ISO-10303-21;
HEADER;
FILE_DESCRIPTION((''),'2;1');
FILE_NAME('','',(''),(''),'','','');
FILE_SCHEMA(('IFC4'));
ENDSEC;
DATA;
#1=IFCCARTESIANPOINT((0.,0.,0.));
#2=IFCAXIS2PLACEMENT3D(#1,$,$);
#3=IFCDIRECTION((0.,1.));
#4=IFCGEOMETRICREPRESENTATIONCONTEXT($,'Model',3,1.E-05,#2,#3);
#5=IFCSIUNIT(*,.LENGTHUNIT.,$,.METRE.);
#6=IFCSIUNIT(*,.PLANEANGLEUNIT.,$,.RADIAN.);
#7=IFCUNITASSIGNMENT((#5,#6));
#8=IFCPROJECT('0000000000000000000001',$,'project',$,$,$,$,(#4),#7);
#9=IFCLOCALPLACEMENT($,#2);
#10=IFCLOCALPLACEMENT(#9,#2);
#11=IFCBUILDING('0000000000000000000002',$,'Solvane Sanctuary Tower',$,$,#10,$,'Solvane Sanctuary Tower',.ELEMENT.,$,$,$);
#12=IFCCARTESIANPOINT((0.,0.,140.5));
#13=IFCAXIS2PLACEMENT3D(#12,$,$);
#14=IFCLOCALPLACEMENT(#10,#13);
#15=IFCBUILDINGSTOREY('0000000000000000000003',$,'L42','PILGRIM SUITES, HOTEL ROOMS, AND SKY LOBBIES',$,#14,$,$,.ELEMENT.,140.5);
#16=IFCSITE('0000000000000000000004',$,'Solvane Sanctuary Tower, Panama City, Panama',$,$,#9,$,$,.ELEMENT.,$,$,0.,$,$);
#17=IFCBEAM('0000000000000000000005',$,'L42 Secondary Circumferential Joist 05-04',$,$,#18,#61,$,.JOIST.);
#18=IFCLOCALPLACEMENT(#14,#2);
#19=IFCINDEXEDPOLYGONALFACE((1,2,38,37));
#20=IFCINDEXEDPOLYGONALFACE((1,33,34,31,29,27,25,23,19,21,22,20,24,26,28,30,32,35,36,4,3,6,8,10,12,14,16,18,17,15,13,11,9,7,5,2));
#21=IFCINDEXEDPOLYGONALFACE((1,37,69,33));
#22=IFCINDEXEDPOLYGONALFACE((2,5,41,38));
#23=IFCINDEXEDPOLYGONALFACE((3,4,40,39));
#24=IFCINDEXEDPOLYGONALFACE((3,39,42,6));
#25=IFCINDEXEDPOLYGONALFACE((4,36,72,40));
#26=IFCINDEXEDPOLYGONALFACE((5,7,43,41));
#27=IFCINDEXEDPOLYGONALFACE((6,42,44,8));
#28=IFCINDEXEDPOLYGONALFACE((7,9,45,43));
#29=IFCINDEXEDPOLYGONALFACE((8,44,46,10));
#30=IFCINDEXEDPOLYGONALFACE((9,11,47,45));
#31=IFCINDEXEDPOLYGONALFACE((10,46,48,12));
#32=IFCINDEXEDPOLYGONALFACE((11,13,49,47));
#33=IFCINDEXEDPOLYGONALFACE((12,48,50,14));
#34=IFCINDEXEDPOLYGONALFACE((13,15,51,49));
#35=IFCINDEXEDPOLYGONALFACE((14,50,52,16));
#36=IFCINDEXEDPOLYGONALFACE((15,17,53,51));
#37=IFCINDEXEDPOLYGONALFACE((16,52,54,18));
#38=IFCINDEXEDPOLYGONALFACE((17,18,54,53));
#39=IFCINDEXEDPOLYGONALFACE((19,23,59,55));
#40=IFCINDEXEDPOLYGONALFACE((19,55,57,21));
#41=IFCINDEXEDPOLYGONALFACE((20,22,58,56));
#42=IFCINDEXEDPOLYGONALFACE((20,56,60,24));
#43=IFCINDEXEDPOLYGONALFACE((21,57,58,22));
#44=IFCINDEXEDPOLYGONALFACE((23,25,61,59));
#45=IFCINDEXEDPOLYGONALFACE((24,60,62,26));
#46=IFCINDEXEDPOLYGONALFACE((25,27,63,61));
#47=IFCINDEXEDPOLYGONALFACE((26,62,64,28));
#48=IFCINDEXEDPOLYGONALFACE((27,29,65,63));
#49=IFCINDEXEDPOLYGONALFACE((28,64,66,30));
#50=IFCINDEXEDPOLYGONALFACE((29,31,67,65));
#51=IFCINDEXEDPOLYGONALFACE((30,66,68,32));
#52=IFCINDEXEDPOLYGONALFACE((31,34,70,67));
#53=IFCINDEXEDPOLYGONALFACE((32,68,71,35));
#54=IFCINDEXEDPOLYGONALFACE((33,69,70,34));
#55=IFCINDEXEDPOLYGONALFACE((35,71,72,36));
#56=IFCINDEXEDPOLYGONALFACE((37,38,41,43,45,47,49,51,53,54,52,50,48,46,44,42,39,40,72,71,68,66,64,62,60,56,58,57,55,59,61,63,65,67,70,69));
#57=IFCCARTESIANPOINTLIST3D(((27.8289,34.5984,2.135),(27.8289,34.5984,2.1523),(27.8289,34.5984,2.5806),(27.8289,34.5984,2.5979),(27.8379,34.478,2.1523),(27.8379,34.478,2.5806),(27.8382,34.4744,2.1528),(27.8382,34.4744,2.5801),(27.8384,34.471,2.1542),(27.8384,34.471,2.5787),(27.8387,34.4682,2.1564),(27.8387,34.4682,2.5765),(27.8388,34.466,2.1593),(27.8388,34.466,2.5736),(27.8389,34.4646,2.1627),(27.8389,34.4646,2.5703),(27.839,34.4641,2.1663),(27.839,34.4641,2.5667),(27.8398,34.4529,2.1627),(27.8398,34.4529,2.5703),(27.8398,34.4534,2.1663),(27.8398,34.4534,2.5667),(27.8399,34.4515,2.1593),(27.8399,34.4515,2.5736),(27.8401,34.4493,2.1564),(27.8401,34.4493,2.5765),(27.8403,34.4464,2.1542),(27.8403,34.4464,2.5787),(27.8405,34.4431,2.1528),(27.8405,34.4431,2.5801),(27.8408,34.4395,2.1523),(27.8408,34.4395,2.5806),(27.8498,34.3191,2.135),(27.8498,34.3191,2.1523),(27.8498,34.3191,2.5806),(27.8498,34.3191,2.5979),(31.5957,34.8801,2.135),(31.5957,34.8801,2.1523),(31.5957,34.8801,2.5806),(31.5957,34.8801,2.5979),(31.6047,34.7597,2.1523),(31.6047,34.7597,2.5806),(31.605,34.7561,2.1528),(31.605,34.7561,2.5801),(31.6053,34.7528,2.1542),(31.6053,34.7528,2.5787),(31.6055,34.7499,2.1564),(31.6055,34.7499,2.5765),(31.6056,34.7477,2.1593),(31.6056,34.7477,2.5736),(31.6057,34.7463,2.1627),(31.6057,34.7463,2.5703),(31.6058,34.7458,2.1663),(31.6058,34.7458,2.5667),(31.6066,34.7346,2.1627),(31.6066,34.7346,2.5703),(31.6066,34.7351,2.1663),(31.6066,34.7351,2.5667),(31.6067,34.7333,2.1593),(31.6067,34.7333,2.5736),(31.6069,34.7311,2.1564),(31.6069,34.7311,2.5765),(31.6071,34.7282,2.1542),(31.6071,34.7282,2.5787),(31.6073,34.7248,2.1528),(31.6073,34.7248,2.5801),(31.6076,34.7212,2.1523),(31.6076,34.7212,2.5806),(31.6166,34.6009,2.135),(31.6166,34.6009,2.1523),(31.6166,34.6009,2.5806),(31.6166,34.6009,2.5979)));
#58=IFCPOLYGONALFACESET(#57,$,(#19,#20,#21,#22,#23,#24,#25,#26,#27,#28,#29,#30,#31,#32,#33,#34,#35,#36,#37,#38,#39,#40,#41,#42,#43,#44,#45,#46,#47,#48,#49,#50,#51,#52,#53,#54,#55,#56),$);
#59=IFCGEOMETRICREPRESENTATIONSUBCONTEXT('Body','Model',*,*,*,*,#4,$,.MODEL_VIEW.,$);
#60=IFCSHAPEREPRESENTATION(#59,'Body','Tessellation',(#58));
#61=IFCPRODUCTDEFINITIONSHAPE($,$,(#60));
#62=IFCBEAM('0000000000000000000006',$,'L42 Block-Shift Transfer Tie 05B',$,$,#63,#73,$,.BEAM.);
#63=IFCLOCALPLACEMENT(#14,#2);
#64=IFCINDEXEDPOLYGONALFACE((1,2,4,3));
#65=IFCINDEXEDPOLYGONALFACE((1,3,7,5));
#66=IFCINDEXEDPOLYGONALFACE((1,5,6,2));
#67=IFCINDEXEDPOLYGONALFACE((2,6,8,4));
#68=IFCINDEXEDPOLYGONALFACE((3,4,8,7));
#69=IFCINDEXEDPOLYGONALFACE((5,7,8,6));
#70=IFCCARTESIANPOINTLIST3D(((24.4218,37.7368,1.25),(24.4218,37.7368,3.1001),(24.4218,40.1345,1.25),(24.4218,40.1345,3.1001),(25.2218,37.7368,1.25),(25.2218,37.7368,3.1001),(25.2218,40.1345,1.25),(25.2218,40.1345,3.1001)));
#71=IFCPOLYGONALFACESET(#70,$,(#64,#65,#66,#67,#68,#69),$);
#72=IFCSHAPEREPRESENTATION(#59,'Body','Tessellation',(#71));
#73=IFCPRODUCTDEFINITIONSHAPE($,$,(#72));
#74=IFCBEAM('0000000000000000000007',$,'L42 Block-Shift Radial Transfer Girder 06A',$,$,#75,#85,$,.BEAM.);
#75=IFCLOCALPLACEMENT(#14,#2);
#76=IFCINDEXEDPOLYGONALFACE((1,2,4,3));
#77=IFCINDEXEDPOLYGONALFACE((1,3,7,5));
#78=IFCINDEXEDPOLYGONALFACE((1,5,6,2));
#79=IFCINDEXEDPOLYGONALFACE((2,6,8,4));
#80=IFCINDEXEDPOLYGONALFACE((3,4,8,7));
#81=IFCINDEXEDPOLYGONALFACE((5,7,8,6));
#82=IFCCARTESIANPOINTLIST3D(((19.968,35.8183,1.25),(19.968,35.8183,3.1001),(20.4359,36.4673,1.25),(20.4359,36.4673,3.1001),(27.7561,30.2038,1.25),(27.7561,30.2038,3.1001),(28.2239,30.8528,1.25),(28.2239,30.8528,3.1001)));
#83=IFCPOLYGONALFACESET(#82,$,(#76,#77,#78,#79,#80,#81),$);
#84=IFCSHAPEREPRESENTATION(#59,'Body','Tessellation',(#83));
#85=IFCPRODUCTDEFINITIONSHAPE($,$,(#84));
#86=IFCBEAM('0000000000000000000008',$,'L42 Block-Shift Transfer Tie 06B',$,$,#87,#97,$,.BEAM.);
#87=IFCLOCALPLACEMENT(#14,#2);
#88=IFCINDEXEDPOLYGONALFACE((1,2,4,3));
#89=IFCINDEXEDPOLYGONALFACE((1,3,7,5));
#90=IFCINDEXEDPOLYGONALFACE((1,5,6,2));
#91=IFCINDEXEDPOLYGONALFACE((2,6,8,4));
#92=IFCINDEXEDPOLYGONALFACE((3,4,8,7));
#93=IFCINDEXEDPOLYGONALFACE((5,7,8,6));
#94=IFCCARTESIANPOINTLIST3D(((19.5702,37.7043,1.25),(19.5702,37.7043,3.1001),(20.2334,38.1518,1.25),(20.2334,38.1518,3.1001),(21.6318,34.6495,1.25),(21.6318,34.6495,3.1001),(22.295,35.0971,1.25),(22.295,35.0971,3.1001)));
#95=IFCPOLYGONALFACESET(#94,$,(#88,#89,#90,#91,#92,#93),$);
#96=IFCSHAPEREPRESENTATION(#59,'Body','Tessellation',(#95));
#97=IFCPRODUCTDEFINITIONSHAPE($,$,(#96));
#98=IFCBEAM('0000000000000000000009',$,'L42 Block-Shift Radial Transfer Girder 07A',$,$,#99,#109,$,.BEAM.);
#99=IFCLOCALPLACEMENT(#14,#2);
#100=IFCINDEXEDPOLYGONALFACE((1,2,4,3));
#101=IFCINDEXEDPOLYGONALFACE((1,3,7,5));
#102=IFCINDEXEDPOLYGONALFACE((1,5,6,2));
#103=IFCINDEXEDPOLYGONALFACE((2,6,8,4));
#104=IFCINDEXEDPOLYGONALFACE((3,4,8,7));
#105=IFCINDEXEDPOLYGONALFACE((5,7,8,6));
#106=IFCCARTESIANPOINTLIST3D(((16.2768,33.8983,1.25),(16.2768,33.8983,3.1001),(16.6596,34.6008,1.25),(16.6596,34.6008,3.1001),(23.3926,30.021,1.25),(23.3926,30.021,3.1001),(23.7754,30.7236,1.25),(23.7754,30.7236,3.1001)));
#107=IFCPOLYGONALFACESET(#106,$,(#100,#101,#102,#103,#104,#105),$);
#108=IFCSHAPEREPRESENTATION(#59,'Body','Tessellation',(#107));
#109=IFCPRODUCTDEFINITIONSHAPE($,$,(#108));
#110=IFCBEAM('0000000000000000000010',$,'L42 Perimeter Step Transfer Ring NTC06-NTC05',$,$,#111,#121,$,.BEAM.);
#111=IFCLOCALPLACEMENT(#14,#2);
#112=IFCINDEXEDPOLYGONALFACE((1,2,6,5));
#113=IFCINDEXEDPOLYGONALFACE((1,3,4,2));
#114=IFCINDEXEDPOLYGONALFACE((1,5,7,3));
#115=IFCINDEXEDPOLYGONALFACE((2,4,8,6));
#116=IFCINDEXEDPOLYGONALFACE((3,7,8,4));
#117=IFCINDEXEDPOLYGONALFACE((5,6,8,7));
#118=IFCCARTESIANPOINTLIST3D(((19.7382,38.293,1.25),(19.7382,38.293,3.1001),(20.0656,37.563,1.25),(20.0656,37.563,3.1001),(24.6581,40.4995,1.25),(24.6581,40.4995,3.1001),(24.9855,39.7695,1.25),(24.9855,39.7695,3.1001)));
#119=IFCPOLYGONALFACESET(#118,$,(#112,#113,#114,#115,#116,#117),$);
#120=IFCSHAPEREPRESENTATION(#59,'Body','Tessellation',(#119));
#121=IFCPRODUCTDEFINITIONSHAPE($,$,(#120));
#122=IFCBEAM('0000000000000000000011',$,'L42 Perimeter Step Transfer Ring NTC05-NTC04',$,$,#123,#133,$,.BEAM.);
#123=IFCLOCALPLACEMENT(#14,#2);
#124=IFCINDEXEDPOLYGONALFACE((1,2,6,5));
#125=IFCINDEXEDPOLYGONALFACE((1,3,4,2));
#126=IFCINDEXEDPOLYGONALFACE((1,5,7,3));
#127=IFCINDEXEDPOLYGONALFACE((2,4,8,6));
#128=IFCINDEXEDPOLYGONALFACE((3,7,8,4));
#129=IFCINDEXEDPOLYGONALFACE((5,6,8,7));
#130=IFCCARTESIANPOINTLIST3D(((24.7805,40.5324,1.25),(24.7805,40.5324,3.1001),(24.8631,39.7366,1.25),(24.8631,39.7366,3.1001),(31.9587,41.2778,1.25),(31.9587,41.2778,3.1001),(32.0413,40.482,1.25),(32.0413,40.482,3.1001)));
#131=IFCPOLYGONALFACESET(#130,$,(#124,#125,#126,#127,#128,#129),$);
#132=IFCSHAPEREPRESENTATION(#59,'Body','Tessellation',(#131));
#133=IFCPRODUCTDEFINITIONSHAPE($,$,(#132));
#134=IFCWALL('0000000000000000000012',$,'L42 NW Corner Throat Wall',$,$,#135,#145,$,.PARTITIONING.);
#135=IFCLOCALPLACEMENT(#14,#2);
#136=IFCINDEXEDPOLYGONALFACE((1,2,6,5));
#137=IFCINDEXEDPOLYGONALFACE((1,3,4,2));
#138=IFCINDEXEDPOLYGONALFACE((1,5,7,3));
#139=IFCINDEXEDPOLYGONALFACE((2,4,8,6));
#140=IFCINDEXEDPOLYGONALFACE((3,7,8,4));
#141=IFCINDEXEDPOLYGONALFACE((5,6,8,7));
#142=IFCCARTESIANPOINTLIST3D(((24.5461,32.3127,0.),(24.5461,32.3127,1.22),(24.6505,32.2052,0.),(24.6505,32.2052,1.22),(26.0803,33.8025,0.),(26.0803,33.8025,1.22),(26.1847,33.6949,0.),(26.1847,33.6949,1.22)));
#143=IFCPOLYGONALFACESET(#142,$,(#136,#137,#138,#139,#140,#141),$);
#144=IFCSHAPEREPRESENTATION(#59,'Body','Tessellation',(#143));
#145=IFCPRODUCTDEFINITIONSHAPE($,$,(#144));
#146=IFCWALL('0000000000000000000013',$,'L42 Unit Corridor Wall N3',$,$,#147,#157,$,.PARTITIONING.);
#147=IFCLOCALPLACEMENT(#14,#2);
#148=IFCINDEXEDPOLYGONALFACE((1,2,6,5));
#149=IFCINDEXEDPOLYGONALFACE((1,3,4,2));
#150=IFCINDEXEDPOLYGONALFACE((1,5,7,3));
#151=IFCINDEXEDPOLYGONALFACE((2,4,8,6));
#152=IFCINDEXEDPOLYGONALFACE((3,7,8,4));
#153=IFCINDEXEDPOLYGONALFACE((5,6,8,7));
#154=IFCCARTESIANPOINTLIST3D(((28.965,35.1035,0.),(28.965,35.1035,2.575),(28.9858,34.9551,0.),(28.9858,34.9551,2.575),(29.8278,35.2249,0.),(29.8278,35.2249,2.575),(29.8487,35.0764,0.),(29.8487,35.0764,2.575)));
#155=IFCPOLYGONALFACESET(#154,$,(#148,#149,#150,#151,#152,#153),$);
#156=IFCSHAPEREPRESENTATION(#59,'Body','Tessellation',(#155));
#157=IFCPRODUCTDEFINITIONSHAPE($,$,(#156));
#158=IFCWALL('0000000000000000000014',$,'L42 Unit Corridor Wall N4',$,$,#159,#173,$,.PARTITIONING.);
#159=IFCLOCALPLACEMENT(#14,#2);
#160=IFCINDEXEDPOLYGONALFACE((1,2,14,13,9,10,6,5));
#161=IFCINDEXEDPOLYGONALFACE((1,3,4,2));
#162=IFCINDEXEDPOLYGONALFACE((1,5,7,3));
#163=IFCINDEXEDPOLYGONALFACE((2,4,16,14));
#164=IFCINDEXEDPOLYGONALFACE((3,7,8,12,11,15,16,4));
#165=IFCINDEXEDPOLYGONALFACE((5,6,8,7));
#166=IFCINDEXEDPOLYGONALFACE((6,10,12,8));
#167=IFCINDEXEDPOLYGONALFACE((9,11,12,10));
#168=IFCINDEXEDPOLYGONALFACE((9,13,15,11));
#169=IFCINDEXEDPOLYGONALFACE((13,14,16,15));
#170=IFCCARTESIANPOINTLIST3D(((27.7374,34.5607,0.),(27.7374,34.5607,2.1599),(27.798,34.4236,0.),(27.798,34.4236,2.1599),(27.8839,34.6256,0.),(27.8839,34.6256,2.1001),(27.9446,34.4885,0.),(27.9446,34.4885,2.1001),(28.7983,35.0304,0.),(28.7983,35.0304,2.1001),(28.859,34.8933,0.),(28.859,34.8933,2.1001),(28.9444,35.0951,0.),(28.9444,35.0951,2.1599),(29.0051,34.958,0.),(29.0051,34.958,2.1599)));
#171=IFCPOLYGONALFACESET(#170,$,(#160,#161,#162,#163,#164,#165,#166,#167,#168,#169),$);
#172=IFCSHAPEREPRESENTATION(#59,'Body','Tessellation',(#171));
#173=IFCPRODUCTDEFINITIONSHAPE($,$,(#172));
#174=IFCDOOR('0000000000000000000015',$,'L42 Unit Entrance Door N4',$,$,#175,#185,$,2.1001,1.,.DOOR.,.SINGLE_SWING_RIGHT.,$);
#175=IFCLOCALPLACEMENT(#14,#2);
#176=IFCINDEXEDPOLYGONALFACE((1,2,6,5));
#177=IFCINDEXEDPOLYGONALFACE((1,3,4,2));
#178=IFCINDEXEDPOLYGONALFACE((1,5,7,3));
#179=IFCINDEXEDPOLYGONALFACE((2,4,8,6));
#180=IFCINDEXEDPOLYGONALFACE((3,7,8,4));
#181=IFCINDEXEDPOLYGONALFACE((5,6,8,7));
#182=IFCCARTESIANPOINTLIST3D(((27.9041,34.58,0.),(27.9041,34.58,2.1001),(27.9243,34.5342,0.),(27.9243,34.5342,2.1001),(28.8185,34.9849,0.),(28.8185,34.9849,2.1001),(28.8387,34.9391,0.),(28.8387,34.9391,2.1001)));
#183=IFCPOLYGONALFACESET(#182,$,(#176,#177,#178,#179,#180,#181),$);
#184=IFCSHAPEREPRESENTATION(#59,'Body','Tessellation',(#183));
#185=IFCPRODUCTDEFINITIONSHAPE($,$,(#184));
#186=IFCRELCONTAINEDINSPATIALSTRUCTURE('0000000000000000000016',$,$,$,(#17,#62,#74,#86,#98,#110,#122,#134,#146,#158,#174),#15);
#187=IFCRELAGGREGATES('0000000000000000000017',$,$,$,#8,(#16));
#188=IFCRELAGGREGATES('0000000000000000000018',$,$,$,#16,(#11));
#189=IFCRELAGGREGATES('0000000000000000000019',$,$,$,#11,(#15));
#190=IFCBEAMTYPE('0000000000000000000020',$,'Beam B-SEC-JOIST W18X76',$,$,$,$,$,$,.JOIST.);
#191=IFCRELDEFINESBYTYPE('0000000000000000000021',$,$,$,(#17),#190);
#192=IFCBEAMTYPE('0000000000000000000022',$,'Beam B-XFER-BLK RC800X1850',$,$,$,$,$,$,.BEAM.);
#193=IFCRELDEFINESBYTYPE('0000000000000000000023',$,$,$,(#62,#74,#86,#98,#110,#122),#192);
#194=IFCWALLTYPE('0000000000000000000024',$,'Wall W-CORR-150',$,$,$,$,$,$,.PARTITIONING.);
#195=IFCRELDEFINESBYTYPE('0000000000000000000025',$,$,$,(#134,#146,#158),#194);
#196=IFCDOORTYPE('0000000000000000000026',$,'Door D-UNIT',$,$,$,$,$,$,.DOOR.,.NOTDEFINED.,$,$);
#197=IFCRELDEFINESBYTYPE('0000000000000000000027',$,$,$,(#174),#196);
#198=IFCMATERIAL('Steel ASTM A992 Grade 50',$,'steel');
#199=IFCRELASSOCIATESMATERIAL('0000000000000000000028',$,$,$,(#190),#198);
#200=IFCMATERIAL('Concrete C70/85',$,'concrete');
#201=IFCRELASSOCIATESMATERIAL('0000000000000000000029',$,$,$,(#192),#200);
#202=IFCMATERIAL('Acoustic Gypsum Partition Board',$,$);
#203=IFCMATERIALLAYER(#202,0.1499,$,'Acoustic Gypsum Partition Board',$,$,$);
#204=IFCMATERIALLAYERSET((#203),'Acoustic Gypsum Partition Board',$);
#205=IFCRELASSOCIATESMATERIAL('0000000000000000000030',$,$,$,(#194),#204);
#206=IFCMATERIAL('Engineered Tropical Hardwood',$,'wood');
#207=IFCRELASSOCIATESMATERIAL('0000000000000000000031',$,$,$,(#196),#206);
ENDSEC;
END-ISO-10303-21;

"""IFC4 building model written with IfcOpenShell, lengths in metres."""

from ifc_helpers import new_model, si_unit, direction, frame, frame_2d, origin, origin_2d, place, context, subcontext, project, spatial, rectangle, i_section, extrude, material, layer, layer_set, material_profile, profile_set, type_object, element, fill, save


model = new_model("IFC4")

# Units and contexts
model_context = context("Model", 3, precision=1e-05, world=origin(), true_north=direction((0.0, 1.0)))
body_context = subcontext(model_context, "Body", "Model", "MODEL_VIEW")
ifc_project = project(units=[si_unit("LENGTHUNIT", "METRE"), si_unit("PLANEANGLEUNIT", "RADIAN")], contexts=[model_context])

# Site, building, storey
site_placement = place(None, origin())
site = spatial("IfcSite", under=ifc_project, at=site_placement, Name="Solvane Sanctuary Tower, Panama City, Panama", CompositionType="ELEMENT", RefElevation=0.0)
building_placement = place(site_placement, origin())
building = spatial("IfcBuilding", under=site, at=building_placement, Name="Solvane Sanctuary Tower", LongName="Solvane Sanctuary Tower", CompositionType="ELEMENT")
storey_placement = place(building_placement, frame((0.0, 0.0, 140.5)))
storey = spatial("IfcBuildingStorey", under=building, at=storey_placement, Name="L42", Description="PILGRIM SUITES, HOTEL ROOMS, AND SKY LOBBIES", CompositionType="ELEMENT", Elevation=140.5)

# Beams
ifc_material_1 = material(Name="Steel ASTM A992 Grade 50", Category="steel")
ifc_material_profile_1 = material_profile(ifc_material_1, i_section(OverallWidth=0.28, OverallDepth=0.4629, WebThickness=0.0107, FlangeThickness=0.0173, FilletRadius=0.0139, at=origin_2d()), Name="W18X76")
ifc_profile_set_1 = profile_set([ifc_material_profile_1], Name="Steel ASTM A992 Grade 50")
beam_type_1 = type_object("IfcBeamType", Name="Beam B-SEC-JOIST W18X76", PredefinedType="JOIST", material=ifc_profile_set_1)
beam_1_placement = place(storey_placement, frame((27.8394, 34.4587, 2.3665), z_axis=(0.997215, 0.074586, 0.0), x_axis=(-0.074586, 0.997215, 0.0)))
element("IfcBeam", 1, at=beam_1_placement, inside=storey, type_object=beam_type_1, Name="L42 Secondary Circumferential Joist 05-04", PredefinedType="JOIST", context=body_context, shape_type="SweptSolid", body=[
    extrude(i_section(OverallWidth=0.28, OverallDepth=0.4629, WebThickness=0.0107, FlangeThickness=0.0173, FilletRadius=0.0139, at=origin_2d()), origin(), (0.0, 0.0, 1.0), 3.7773),
])
ifc_material_2 = material(Name="Concrete C70/85", Category="concrete")
ifc_material_profile_2 = material_profile(ifc_material_2, rectangle(XDim=0.8, YDim=1.8501, at=origin_2d()), Name="RC800X1850")
ifc_profile_set_2 = profile_set([ifc_material_profile_2], Name="Concrete C70/85")
beam_type_2 = type_object("IfcBeamType", Name="Beam B-XFER-BLK RC800X1850", PredefinedType="BEAM", material=ifc_profile_set_2)
beam_2_placement = place(storey_placement, frame((24.8218, 37.7368, 2.175), z_axis=(0.0, 1.0, 0.0), x_axis=(-1.0, 0.0, 0.0)))
element("IfcBeam", 2, at=beam_2_placement, inside=storey, type_object=beam_type_2, Name="L42 Block-Shift Transfer Tie 05B", PredefinedType="BEAM", context=body_context, shape_type="SweptSolid", body=[
    extrude(rectangle(XDim=0.8, YDim=1.8501, at=origin_2d()), origin(), (0.0, 0.0, 1.0), 2.3977),
])
beam_3_placement = place(storey_placement, frame((27.99, 30.5283, 2.175), z_axis=(-0.811185, 0.58479, 0.0), x_axis=(-0.58479, -0.811185, 0.0)))
element("IfcBeam", 3, at=beam_3_placement, inside=storey, type_object=beam_type_2, Name="L42 Block-Shift Radial Transfer Girder 06A", PredefinedType="BEAM", context=body_context, shape_type="SweptSolid", body=[
    extrude(rectangle(XDim=0.8, YDim=1.8501, at=origin_2d()), origin(), (0.0, 0.0, 1.0), 9.6008),
])
beam_4_placement = place(storey_placement, frame((21.9634, 34.8733, 2.175), z_axis=(-0.5594, 0.828898, 0.0), x_axis=(-0.828898, -0.5594, 0.0)))
element("IfcBeam", 4, at=beam_4_placement, inside=storey, type_object=beam_type_2, Name="L42 Block-Shift Transfer Tie 06B", PredefinedType="BEAM", context=body_context, shape_type="SweptSolid", body=[
    extrude(rectangle(XDim=0.8, YDim=1.8501, at=origin_2d()), origin(), (0.0, 0.0, 1.0), 3.6853),
])
beam_5_placement = place(storey_placement, frame((23.584, 30.3723, 2.175), z_axis=(-0.878108, 0.478462, 0.0), x_axis=(-0.478462, -0.878108, 0.0)))
element("IfcBeam", 5, at=beam_5_placement, inside=storey, type_object=beam_type_2, Name="L42 Block-Shift Radial Transfer Girder 07A", PredefinedType="BEAM", context=body_context, shape_type="SweptSolid", body=[
    extrude(rectangle(XDim=0.8, YDim=1.8501, at=origin_2d()), origin(), (0.0, 0.0, 1.0), 8.1035),
])
beam_6_placement = place(storey_placement, frame((19.9019, 37.928, 2.175), z_axis=(0.912436, 0.40922, 0.0), x_axis=(-0.40922, 0.912436, 0.0)))
element("IfcBeam", 6, at=beam_6_placement, inside=storey, type_object=beam_type_2, Name="L42 Perimeter Step Transfer Ring NTC06-NTC05", PredefinedType="BEAM", context=body_context, shape_type="SweptSolid", body=[
    extrude(rectangle(XDim=0.8, YDim=1.8501, at=origin_2d()), origin(), (0.0, 0.0, 1.0), 5.3921),
])
beam_7_placement = place(storey_placement, frame((24.8218, 40.1345, 2.175), z_axis=(0.994652, 0.103281, 0.0), x_axis=(-0.103281, 0.994652, 0.0)))
element("IfcBeam", 7, at=beam_7_placement, inside=storey, type_object=beam_type_2, Name="L42 Perimeter Step Transfer Ring NTC05-NTC04", PredefinedType="BEAM", context=body_context, shape_type="SweptSolid", body=[
    extrude(rectangle(XDim=0.8, YDim=1.8501, at=origin_2d()), origin(), (0.0, 0.0, 1.0), 7.2168),
])

# Walls
ifc_material_3 = material(Name="Acoustic Gypsum Partition Board")
ifc_layer_1 = layer(ifc_material_3, 0.1499, Name="Acoustic Gypsum Partition Board")
ifc_layer_set_1 = layer_set([ifc_layer_1], Name="Acoustic Gypsum Partition Board")
wall_type_1 = type_object("IfcWallType", Name="Wall W-CORR-150", PredefinedType="PARTITIONING", material=ifc_layer_set_1)
wall_1_placement = place(storey_placement, frame((26.1326, 33.7488, 0.0), z_axis=(0.0, 0.0, 1.0), x_axis=(-0.71742, -0.696641, 0.0)))
element("IfcWall", 8, at=wall_1_placement, inside=storey, type_object=wall_type_1, Name="L42 NW Corner Throat Wall", PredefinedType="PARTITIONING", context=body_context, shape_type="SweptSolid", body=[
    extrude(rectangle(XDim=2.1384, YDim=0.1499, at=frame_2d((1.0693, 0.0))), origin(), (0.0, 0.0, 1.0), 1.22),
])
wall_2_placement = place(storey_placement, frame((29.8381, 35.1506, 0.0), z_axis=(0.0, 0.0, 1.0), x_axis=(-0.990255, -0.139263, 0.0)))
element("IfcWall", 9, at=wall_2_placement, inside=storey, type_object=wall_type_1, Name="L42 Unit Corridor Wall N3", PredefinedType="PARTITIONING", context=body_context, shape_type="SweptSolid", body=[
    extrude(rectangle(XDim=0.8713, YDim=0.1499, at=frame_2d((0.4355, 0.0))), origin(), (0.0, 0.0, 1.0), 2.575),
])

# Wall, opening, door
wall_3_placement = place(storey_placement, frame((28.9749, 35.0266, 0.0), z_axis=(0.0, 0.0, 1.0), x_axis=(-0.914383, -0.404851, 0.0)))
wall_3 = element("IfcWall", 10, at=wall_3_placement, inside=storey, type_object=wall_type_1, Name="L42 Unit Corridor Wall N4", PredefinedType="PARTITIONING", context=body_context, shape_type="SweptSolid", body=[
    extrude(rectangle(XDim=1.3201, YDim=0.1499, at=frame_2d((0.6602, 0.0))), origin(), (0.0, 0.0, 1.0), 2.1599),
])
opening_1_placement = place(wall_3_placement, frame((0.1599, 0.0, 0.0)))
opening_1 = element("IfcOpeningElement", 11, at=opening_1_placement, cuts=wall_3, PredefinedType="OPENING", context=body_context, shape_type="SweptSolid", body=[
    extrude(rectangle(XDim=1.0, YDim=2.1001, at=frame_2d((0.5, 1.05))), frame((0.0, 0.085, 0.0), z_axis=(0.0, -1.0, 0.0), x_axis=(1.0, 0.0, 0.0)), (0.0, 0.0, 1.0), 0.1699),
])
ifc_material_4 = material(Name="Engineered Tropical Hardwood", Category="wood")
door_type_1 = type_object("IfcDoorType", Name="Door D-UNIT", OperationType="NOTDEFINED", PredefinedType="DOOR", material=ifc_material_4)
door_1_placement = place(opening_1_placement, origin())
door_1 = element("IfcDoor", 12, at=door_1_placement, inside=storey, type_object=door_type_1, Name="L42 Unit Entrance Door N4", OperationType="SINGLE_SWING_RIGHT", OverallHeight=2.1001, OverallWidth=1.0, PredefinedType="DOOR", context=body_context, shape_type="SweptSolid", body=[
    extrude(rectangle(XDim=1.0, YDim=2.1001, at=frame_2d((0.5, 1.05))), frame((0.0, 0.0249, 0.0), z_axis=(0.0, -1.0, 0.0), x_axis=(1.0, 0.0, 0.0)), (0.0, 0.0, 1.0), 0.05),
])
fill(opening_1, door_1)

save(model, "model.ifc")
